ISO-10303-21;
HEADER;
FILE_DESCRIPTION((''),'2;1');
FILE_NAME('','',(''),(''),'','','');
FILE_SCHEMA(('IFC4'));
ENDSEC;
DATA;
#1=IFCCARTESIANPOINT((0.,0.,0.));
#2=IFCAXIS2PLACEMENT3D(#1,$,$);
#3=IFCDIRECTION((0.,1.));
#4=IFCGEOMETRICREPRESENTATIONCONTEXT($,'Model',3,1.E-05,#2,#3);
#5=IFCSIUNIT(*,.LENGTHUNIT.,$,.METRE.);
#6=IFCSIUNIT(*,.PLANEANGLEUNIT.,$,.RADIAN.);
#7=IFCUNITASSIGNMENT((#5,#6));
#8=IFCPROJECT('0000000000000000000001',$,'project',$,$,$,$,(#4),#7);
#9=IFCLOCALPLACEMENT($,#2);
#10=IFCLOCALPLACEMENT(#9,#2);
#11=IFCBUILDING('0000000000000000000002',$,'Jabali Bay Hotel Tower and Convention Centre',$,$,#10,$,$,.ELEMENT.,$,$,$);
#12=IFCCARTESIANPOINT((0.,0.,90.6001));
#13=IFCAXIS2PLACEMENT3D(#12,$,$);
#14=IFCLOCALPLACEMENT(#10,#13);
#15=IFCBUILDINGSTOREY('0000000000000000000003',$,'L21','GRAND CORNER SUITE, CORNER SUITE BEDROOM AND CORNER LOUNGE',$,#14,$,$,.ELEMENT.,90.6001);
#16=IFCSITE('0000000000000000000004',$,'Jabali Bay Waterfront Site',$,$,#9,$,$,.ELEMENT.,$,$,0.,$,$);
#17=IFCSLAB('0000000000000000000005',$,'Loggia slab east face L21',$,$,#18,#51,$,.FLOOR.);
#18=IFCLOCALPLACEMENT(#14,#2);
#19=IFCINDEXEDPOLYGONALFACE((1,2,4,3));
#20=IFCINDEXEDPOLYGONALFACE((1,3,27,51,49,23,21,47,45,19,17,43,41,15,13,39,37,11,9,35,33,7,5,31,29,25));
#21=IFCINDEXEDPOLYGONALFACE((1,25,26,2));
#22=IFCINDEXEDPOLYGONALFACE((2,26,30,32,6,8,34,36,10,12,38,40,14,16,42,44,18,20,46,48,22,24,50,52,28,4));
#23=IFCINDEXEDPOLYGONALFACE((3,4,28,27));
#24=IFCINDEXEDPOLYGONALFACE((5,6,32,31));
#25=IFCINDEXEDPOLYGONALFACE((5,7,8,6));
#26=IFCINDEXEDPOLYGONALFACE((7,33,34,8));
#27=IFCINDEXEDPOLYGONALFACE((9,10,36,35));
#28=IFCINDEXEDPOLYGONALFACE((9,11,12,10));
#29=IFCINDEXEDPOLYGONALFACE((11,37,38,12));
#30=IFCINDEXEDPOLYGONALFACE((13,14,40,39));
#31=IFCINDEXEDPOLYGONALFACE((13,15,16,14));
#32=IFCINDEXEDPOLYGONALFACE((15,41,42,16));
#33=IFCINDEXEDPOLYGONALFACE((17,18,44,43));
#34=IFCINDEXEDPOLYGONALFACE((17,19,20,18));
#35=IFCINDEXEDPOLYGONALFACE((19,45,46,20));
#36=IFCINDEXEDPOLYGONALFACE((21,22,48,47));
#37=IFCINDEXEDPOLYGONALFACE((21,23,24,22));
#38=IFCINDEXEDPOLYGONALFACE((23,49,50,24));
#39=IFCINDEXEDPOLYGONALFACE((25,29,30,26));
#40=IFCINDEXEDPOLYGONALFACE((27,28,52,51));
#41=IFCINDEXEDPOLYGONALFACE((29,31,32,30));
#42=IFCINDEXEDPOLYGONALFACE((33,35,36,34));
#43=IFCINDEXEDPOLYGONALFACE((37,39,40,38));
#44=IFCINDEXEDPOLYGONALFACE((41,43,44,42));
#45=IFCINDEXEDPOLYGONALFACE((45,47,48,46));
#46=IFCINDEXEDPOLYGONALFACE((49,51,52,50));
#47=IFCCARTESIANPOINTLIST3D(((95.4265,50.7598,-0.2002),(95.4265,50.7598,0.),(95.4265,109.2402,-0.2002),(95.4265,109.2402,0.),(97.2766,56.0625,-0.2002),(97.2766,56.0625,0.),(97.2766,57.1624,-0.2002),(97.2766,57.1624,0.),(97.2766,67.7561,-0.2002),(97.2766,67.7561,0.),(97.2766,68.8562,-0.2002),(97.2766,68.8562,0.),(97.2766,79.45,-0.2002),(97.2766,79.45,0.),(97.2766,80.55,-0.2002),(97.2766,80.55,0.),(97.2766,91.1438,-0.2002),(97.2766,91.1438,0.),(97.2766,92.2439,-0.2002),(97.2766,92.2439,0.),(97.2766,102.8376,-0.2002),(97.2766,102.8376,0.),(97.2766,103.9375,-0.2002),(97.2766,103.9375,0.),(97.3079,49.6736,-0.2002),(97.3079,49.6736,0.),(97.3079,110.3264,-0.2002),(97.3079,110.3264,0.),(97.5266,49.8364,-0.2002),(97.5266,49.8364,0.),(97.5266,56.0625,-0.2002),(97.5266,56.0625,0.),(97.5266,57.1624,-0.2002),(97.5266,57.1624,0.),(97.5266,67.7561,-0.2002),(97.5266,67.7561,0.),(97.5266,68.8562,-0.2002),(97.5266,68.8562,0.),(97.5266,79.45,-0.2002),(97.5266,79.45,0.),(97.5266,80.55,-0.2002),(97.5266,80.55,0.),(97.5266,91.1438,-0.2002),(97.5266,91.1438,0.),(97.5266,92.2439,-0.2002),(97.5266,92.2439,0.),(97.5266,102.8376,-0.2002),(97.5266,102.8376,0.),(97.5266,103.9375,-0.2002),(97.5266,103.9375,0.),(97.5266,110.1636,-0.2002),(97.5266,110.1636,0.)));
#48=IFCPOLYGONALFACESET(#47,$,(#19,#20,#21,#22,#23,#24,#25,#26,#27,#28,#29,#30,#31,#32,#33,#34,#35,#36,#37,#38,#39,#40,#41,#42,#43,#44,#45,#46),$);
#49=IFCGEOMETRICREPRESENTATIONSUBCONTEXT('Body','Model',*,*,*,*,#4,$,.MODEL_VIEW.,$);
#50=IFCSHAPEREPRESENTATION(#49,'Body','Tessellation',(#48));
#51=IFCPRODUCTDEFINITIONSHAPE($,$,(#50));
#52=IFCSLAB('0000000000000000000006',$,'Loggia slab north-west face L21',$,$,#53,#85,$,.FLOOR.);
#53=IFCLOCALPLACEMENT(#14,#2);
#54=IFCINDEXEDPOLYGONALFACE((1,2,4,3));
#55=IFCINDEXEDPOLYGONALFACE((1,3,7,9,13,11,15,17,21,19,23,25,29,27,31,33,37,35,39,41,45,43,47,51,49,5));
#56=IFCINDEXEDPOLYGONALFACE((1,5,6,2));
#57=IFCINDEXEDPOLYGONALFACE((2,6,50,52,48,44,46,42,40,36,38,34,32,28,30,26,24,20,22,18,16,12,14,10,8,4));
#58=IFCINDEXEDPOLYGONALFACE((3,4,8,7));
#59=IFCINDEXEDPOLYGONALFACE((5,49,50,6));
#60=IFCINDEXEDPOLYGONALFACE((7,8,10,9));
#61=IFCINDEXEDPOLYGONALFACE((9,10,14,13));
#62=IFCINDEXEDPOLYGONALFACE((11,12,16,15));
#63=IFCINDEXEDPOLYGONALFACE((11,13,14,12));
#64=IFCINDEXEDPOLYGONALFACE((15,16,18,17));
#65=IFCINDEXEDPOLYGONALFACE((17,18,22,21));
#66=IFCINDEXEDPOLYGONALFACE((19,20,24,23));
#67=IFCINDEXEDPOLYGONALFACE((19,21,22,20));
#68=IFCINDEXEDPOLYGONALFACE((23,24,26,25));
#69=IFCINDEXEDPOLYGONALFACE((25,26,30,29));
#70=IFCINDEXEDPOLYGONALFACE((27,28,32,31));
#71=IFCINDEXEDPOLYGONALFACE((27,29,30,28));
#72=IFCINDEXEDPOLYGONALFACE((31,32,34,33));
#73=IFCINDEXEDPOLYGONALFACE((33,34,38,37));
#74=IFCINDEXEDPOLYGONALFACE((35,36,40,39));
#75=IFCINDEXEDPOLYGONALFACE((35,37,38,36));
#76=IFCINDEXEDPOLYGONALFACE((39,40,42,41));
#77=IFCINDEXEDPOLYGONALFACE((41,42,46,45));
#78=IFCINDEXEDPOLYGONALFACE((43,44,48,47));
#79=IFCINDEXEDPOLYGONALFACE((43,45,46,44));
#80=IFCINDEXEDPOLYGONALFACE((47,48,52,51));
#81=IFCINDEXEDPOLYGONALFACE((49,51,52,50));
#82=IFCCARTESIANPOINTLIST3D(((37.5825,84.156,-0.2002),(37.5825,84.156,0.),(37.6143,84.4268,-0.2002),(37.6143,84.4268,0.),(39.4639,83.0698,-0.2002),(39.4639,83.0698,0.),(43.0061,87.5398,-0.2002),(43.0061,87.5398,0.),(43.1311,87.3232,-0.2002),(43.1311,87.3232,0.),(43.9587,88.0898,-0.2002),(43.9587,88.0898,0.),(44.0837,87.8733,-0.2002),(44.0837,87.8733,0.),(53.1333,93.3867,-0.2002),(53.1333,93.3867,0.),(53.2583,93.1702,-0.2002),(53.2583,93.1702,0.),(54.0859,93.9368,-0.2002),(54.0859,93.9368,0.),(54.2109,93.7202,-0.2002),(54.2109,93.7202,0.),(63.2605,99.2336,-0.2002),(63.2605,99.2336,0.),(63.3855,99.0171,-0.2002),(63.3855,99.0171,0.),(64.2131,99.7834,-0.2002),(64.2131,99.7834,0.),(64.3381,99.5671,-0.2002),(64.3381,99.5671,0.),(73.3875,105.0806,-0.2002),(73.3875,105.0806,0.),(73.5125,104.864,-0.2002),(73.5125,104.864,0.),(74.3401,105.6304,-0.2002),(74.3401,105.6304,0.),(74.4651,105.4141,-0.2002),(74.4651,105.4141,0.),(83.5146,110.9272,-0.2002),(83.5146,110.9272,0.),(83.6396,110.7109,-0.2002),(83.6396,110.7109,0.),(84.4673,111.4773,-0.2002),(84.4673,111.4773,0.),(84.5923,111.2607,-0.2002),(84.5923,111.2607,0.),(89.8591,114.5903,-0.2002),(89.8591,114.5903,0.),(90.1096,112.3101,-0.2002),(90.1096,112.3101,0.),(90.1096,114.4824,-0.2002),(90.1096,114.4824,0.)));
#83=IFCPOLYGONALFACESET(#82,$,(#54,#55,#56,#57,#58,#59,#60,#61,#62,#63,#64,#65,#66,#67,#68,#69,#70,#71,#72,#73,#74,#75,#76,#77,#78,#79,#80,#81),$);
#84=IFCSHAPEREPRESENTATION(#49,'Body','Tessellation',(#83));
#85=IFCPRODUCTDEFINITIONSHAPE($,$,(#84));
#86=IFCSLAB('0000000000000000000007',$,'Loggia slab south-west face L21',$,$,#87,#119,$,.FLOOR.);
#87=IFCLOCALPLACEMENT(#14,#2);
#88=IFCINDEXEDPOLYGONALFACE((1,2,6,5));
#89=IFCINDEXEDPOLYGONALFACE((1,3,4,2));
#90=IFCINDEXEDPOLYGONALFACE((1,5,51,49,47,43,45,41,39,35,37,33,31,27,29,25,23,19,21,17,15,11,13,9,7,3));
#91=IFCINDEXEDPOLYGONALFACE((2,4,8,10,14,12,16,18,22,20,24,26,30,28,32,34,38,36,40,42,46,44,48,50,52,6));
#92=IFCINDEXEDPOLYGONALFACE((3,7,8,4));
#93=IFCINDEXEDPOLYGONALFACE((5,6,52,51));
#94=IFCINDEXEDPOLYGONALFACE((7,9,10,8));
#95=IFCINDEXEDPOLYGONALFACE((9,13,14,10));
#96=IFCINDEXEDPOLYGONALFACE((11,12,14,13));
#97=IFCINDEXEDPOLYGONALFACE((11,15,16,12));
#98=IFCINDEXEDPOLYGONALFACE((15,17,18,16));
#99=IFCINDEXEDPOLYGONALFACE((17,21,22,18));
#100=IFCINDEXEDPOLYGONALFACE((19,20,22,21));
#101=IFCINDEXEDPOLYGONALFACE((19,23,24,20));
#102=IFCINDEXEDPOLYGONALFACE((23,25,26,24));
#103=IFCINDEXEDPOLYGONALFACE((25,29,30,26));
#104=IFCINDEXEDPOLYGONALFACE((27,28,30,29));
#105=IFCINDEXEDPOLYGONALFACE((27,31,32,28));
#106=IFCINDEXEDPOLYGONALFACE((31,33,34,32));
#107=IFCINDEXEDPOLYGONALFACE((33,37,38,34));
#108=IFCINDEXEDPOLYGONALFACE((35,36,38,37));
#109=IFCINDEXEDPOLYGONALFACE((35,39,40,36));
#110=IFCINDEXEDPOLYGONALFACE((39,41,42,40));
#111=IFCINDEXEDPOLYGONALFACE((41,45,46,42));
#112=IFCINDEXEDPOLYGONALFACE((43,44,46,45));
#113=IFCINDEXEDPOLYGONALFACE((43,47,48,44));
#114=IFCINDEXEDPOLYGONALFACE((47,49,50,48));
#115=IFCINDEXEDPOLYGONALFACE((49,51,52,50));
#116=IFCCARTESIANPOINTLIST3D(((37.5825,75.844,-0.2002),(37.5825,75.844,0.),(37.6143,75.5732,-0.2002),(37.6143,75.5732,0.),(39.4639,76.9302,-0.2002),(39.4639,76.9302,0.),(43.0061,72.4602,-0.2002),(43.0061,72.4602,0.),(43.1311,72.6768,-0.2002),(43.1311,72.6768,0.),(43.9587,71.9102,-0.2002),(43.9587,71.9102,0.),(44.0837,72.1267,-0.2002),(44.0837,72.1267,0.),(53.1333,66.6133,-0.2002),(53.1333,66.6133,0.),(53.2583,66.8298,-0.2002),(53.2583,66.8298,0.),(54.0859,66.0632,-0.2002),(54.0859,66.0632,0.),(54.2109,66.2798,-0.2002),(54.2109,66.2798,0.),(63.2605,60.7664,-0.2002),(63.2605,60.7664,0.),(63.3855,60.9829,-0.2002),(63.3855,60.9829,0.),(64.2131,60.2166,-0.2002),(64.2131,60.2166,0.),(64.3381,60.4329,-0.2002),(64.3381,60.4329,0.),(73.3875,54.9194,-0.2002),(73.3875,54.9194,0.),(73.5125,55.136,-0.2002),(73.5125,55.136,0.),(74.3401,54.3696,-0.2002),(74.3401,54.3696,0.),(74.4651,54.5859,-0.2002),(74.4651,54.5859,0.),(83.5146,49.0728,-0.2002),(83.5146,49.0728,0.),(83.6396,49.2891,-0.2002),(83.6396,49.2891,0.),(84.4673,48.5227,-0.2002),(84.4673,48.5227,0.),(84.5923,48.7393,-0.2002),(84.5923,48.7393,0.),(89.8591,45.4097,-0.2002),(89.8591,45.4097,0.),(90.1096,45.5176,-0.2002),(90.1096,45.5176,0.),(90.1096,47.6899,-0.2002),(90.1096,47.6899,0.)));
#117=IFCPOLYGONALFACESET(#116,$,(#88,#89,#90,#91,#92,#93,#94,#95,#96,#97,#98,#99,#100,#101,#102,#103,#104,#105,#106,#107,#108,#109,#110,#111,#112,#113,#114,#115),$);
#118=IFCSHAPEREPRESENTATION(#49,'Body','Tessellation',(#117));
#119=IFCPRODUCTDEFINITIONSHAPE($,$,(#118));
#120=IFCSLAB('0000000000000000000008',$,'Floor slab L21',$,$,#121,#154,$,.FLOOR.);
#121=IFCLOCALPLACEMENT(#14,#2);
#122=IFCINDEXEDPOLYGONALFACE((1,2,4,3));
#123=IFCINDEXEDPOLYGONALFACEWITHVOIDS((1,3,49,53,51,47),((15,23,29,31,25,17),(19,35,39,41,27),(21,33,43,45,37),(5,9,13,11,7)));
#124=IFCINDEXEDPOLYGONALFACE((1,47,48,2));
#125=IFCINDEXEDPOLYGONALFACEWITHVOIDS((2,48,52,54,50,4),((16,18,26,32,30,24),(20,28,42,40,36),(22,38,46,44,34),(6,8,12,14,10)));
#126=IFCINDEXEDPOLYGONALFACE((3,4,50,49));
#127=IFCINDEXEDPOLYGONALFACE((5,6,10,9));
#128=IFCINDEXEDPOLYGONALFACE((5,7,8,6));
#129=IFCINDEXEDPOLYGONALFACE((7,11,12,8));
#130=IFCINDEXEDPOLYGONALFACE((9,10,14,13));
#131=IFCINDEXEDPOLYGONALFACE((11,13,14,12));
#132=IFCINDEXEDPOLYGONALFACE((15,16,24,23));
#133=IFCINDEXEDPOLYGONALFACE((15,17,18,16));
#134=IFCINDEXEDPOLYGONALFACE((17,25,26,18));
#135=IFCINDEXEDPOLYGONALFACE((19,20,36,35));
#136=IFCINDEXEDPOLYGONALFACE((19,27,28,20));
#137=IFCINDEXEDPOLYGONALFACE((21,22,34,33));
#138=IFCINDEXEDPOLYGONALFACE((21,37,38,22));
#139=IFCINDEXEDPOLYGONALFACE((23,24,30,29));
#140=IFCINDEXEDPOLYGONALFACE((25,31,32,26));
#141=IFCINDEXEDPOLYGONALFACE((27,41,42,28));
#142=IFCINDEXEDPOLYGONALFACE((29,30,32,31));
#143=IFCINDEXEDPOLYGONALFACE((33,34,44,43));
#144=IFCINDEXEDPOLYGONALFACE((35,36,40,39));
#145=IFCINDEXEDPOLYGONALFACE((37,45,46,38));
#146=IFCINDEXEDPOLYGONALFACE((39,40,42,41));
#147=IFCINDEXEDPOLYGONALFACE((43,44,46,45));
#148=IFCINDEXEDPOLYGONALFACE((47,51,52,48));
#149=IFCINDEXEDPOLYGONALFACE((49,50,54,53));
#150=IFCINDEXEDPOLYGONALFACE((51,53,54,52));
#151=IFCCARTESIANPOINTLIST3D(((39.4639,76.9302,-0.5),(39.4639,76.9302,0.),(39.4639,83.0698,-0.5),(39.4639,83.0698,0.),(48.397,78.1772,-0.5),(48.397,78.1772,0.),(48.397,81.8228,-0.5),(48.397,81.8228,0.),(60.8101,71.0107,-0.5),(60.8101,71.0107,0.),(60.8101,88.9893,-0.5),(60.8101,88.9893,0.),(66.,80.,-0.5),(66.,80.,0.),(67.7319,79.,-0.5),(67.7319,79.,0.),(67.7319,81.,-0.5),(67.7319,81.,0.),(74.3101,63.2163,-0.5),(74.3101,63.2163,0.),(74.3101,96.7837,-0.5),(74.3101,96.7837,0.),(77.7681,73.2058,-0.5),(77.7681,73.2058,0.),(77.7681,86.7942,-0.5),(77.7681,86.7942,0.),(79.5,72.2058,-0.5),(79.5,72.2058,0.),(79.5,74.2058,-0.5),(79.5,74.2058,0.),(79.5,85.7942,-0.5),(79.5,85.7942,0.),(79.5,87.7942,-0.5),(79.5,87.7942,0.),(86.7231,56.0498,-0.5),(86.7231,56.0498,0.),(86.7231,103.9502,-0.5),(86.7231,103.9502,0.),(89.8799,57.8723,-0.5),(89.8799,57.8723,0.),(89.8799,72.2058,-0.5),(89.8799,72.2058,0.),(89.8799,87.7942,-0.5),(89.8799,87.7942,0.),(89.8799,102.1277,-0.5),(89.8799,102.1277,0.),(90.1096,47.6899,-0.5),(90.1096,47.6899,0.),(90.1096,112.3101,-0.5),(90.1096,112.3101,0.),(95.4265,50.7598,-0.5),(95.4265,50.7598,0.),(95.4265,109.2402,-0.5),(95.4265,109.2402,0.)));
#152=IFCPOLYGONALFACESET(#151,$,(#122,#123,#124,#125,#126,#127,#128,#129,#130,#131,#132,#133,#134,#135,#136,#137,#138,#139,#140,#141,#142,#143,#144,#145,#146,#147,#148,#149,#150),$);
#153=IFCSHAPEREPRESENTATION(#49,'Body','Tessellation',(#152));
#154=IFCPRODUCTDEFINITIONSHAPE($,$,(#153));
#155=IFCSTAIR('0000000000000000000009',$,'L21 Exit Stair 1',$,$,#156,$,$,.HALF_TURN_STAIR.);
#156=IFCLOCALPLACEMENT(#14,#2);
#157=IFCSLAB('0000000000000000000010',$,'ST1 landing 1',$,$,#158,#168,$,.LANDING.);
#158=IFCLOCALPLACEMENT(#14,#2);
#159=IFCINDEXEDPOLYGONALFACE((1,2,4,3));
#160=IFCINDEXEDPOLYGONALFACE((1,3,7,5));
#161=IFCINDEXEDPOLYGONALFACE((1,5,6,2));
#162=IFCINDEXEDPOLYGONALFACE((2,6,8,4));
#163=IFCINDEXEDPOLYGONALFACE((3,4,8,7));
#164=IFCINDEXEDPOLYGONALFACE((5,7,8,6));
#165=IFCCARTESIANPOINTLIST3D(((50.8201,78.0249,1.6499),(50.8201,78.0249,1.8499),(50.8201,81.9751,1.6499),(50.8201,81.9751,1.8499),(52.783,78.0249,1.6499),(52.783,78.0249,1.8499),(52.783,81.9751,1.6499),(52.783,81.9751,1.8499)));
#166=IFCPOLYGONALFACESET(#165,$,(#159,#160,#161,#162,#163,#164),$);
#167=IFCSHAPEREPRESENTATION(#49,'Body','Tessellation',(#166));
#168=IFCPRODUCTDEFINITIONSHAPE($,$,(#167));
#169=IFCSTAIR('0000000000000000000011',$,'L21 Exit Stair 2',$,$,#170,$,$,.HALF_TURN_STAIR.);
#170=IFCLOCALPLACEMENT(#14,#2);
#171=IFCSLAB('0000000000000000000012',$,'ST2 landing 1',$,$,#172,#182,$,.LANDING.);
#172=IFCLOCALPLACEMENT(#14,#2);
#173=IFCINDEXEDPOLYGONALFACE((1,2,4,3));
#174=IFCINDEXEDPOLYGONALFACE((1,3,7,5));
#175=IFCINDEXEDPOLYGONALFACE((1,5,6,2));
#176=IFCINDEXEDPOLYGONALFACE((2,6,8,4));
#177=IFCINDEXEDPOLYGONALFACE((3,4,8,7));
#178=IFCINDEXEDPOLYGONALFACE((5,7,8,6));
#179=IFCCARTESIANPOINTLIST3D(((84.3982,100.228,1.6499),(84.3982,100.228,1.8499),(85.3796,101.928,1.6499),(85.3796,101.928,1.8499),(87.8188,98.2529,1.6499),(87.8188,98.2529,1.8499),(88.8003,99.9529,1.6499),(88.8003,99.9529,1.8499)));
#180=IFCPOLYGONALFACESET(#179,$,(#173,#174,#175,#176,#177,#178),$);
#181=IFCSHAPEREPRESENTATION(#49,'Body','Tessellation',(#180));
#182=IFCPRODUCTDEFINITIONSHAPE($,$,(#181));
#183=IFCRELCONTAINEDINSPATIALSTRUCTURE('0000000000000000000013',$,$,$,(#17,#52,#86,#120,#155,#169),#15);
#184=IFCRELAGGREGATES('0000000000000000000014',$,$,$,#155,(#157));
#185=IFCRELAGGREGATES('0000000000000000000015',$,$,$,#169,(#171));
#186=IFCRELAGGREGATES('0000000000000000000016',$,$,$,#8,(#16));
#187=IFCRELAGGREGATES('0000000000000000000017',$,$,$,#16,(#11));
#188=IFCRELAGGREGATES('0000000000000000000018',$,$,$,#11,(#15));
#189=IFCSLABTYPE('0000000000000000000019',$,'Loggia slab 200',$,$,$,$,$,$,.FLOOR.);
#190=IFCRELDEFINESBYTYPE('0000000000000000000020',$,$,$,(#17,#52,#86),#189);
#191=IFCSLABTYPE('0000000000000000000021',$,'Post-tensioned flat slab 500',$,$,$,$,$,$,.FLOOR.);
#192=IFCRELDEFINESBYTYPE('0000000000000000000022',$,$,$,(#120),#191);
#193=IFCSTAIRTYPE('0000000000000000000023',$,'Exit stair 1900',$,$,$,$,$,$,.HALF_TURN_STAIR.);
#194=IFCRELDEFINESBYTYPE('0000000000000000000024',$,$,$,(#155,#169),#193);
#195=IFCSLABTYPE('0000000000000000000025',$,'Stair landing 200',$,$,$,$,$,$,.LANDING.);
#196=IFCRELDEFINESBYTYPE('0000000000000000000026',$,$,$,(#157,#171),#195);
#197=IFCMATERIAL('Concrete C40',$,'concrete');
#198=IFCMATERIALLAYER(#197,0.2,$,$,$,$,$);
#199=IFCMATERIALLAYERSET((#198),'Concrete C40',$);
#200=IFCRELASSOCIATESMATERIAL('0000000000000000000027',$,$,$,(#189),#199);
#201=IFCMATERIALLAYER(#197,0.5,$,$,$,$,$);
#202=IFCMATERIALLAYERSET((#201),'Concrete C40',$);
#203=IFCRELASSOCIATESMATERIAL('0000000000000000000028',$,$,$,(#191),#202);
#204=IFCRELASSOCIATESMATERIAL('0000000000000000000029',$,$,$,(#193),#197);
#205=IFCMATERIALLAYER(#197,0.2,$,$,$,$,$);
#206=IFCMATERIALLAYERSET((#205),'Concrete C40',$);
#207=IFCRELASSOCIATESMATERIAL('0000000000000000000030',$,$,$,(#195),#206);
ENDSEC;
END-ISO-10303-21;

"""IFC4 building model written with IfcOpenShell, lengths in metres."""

from ifc_helpers import new_model, si_unit, direction, frame, origin, place, context, subcontext, project, spatial, polyline, outline, extrude, material, layer, layer_set, type_object, element, aggregate, save


model = new_model("IFC4")

# Units and contexts
model_context = context("Model", 3, precision=1e-05, world=origin(), true_north=direction((0.0, 1.0)))
body_context = subcontext(model_context, "Body", "Model", "MODEL_VIEW")
ifc_project = project(units=[si_unit("LENGTHUNIT", "METRE"), si_unit("PLANEANGLEUNIT", "RADIAN")], contexts=[model_context])

# Site, building, storey
site_placement = place(None, origin())
site = spatial("IfcSite", under=ifc_project, at=site_placement, Name="Jabali Bay Waterfront Site", CompositionType="ELEMENT", RefElevation=0.0)
building_placement = place(site_placement, origin())
building = spatial("IfcBuilding", under=site, at=building_placement, Name="Jabali Bay Hotel Tower and Convention Centre", CompositionType="ELEMENT")
storey_placement = place(building_placement, frame((0.0, 0.0, 90.6001)))
storey = spatial("IfcBuildingStorey", under=building, at=storey_placement, Name="L21", Description="GRAND CORNER SUITE, CORNER SUITE BEDROOM AND CORNER LOUNGE", CompositionType="ELEMENT", Elevation=90.6001)

# Slabs
ifc_material_1 = material(Name="Concrete C40", Category="concrete")
ifc_layer_1 = layer(ifc_material_1, 0.2)
ifc_layer_set_1 = layer_set([ifc_layer_1], Name="Concrete C40")
slab_type_1 = type_object("IfcSlabType", Name="Loggia slab 200", PredefinedType="FLOOR", material=ifc_layer_set_1)
slab_1_placement = place(storey_placement, frame((0.0, 0.0, -0.2002)))
element("IfcSlab", 1, at=slab_1_placement, inside=storey, type_object=slab_type_1, Name="Loggia slab east face L21", PredefinedType="FLOOR", context=body_context, shape_type="SweptSolid", body=[
    extrude(outline(polyline([(95.4265, 109.2402), (97.3079, 110.3264), (97.5266, 110.1636), (97.5266, 103.9375), (97.2766, 103.9375), (97.2766, 102.8376), (97.5266, 102.8376), (97.5266, 92.2439), (97.2766, 92.2439), (97.2766, 91.1438), (97.5266, 91.1438), (97.5266, 80.55), (97.2766, 80.55), (97.2766, 79.45), (97.5266, 79.45), (97.5266, 68.8562), (97.2766, 68.8562), (97.2766, 67.7561), (97.5266, 67.7561), (97.5266, 57.1624), (97.2766, 57.1624), (97.2766, 56.0625), (97.5266, 56.0625), (97.5266, 49.8364), (97.3079, 49.6736), (95.4265, 50.7598), (95.4265, 109.2402)])), origin(), (0.0, 0.0, 1.0), 0.2002),
])
slab_2_placement = place(storey_placement, frame((0.0, 0.0, -0.2002)))
element("IfcSlab", 2, at=slab_2_placement, inside=storey, type_object=slab_type_1, Name="Loggia slab north-west face L21", PredefinedType="FLOOR", context=body_context, shape_type="SweptSolid", body=[
    extrude(outline(polyline([(39.4639, 83.0698), (37.5825, 84.156), (37.6143, 84.4268), (43.0061, 87.5398), (43.1311, 87.3232), (44.0837, 87.8733), (43.9587, 88.0898), (53.1333, 93.3867), (53.2583, 93.1702), (54.2109, 93.7202), (54.0859, 93.9368), (63.2605, 99.2336), (63.3855, 99.0171), (64.3381, 99.5671), (64.2131, 99.7834), (73.3875, 105.0806), (73.5125, 104.864), (74.4651, 105.4141), (74.3401, 105.6304), (83.5146, 110.9272), (83.6396, 110.7109), (84.5923, 111.2607), (84.4673, 111.4773), (89.8591, 114.5903), (90.1096, 114.4824), (90.1096, 112.3101), (39.4639, 83.0698)])), origin(), (0.0, 0.0, 1.0), 0.2002),
])
slab_3_placement = place(storey_placement, frame((0.0, 0.0, -0.2002)))
element("IfcSlab", 3, at=slab_3_placement, inside=storey, type_object=slab_type_1, Name="Loggia slab south-west face L21", PredefinedType="FLOOR", context=body_context, shape_type="SweptSolid", body=[
    extrude(outline(polyline([(90.1096, 47.6899), (90.1096, 45.5176), (89.8591, 45.4097), (84.4673, 48.5227), (84.5923, 48.7393), (83.6396, 49.2891), (83.5146, 49.0728), (74.3401, 54.3696), (74.4651, 54.5859), (73.5125, 55.136), (73.3875, 54.9194), (64.2131, 60.2166), (64.3381, 60.4329), (63.3855, 60.9829), (63.2605, 60.7664), (54.0859, 66.0632), (54.2109, 66.2798), (53.2583, 66.8298), (53.1333, 66.6133), (43.9587, 71.9102), (44.0837, 72.1267), (43.1311, 72.6768), (43.0061, 72.4602), (37.6143, 75.5732), (37.5825, 75.844), (39.4639, 76.9302), (90.1096, 47.6899)])), origin(), (0.0, 0.0, 1.0), 0.2002),
])
ifc_layer_2 = layer(ifc_material_1, 0.5)
ifc_layer_set_2 = layer_set([ifc_layer_2], Name="Concrete C40")
slab_type_2 = type_object("IfcSlabType", Name="Post-tensioned flat slab 500", PredefinedType="FLOOR", material=ifc_layer_set_2)
slab_4_placement = place(storey_placement, frame((0.0, 0.0, -0.5)))
element("IfcSlab", 4, at=slab_4_placement, inside=storey, type_object=slab_type_2, Name="Floor slab L21", PredefinedType="FLOOR", context=body_context, shape_type="SweptSolid", body=[
    extrude(outline(polyline([(90.1096, 112.3101), (95.4265, 109.2402), (95.4265, 50.7598), (90.1096, 47.6899), (39.4639, 76.9302), (39.4639, 83.0698), (90.1096, 112.3101)]), holes=[polyline([(67.7319, 79.0), (77.7681, 73.2058), (79.5, 74.2058), (79.5, 85.7942), (77.7681, 86.7942), (67.7319, 81.0), (67.7319, 79.0)]), polyline([(48.397, 78.1772), (60.8101, 71.0107), (66.0, 80.0), (60.8101, 88.9893), (48.397, 81.8228), (48.397, 78.1772)]), polyline([(89.8799, 102.1277), (86.7231, 103.9502), (74.3101, 96.7837), (79.5, 87.7942), (89.8799, 87.7942), (89.8799, 102.1277)]), polyline([(74.3101, 63.2163), (86.7231, 56.0498), (89.8799, 57.8723), (89.8799, 72.2058), (79.5, 72.2058), (74.3101, 63.2163)])]), origin(), (0.0, 0.0, 1.0), 0.5),
])

# Stairs, slabs
stair_type = type_object("IfcStairType", Name="Exit stair 1900", PredefinedType="HALF_TURN_STAIR", material=ifc_material_1)
stair_1_placement = place(storey_placement, origin())
stair_1 = element("IfcStair", 5, at=stair_1_placement, inside=storey, type_object=stair_type, Name="L21 Exit Stair 1", PredefinedType="HALF_TURN_STAIR")
ifc_layer_3 = layer(ifc_material_1, 0.2)
ifc_layer_set_3 = layer_set([ifc_layer_3], Name="Concrete C40")
slab_type_3 = type_object("IfcSlabType", Name="Stair landing 200", PredefinedType="LANDING", material=ifc_layer_set_3)
slab_5_placement = place(storey_placement, frame((0.0, 0.0, 1.6499)))
slab_5 = element("IfcSlab", 6, at=slab_5_placement, type_object=slab_type_3, Name="ST1 landing 1", PredefinedType="LANDING", context=body_context, shape_type="SweptSolid", body=[
    extrude(outline(polyline([(52.783, 81.9751), (50.8201, 81.9751), (50.8201, 78.0249), (52.783, 78.0249), (52.783, 81.9751)])), origin(), (0.0, 0.0, 1.0), 0.2),
])
aggregate(stair_1, [slab_5])
stair_2_placement = place(storey_placement, origin())
stair_2 = element("IfcStair", 7, at=stair_2_placement, inside=storey, type_object=stair_type, Name="L21 Exit Stair 2", PredefinedType="HALF_TURN_STAIR")
slab_6_placement = place(storey_placement, frame((0.0, 0.0, 1.6499)))
slab_6 = element("IfcSlab", 8, at=slab_6_placement, type_object=slab_type_3, Name="ST2 landing 1", PredefinedType="LANDING", context=body_context, shape_type="SweptSolid", body=[
    extrude(outline(polyline([(87.8188, 98.2529), (88.8003, 99.9529), (85.3796, 101.928), (84.3982, 100.228), (87.8188, 98.2529)])), origin(), (0.0, 0.0, 1.0), 0.2),
])
aggregate(stair_2, [slab_6])

save(model, "model.ifc")
